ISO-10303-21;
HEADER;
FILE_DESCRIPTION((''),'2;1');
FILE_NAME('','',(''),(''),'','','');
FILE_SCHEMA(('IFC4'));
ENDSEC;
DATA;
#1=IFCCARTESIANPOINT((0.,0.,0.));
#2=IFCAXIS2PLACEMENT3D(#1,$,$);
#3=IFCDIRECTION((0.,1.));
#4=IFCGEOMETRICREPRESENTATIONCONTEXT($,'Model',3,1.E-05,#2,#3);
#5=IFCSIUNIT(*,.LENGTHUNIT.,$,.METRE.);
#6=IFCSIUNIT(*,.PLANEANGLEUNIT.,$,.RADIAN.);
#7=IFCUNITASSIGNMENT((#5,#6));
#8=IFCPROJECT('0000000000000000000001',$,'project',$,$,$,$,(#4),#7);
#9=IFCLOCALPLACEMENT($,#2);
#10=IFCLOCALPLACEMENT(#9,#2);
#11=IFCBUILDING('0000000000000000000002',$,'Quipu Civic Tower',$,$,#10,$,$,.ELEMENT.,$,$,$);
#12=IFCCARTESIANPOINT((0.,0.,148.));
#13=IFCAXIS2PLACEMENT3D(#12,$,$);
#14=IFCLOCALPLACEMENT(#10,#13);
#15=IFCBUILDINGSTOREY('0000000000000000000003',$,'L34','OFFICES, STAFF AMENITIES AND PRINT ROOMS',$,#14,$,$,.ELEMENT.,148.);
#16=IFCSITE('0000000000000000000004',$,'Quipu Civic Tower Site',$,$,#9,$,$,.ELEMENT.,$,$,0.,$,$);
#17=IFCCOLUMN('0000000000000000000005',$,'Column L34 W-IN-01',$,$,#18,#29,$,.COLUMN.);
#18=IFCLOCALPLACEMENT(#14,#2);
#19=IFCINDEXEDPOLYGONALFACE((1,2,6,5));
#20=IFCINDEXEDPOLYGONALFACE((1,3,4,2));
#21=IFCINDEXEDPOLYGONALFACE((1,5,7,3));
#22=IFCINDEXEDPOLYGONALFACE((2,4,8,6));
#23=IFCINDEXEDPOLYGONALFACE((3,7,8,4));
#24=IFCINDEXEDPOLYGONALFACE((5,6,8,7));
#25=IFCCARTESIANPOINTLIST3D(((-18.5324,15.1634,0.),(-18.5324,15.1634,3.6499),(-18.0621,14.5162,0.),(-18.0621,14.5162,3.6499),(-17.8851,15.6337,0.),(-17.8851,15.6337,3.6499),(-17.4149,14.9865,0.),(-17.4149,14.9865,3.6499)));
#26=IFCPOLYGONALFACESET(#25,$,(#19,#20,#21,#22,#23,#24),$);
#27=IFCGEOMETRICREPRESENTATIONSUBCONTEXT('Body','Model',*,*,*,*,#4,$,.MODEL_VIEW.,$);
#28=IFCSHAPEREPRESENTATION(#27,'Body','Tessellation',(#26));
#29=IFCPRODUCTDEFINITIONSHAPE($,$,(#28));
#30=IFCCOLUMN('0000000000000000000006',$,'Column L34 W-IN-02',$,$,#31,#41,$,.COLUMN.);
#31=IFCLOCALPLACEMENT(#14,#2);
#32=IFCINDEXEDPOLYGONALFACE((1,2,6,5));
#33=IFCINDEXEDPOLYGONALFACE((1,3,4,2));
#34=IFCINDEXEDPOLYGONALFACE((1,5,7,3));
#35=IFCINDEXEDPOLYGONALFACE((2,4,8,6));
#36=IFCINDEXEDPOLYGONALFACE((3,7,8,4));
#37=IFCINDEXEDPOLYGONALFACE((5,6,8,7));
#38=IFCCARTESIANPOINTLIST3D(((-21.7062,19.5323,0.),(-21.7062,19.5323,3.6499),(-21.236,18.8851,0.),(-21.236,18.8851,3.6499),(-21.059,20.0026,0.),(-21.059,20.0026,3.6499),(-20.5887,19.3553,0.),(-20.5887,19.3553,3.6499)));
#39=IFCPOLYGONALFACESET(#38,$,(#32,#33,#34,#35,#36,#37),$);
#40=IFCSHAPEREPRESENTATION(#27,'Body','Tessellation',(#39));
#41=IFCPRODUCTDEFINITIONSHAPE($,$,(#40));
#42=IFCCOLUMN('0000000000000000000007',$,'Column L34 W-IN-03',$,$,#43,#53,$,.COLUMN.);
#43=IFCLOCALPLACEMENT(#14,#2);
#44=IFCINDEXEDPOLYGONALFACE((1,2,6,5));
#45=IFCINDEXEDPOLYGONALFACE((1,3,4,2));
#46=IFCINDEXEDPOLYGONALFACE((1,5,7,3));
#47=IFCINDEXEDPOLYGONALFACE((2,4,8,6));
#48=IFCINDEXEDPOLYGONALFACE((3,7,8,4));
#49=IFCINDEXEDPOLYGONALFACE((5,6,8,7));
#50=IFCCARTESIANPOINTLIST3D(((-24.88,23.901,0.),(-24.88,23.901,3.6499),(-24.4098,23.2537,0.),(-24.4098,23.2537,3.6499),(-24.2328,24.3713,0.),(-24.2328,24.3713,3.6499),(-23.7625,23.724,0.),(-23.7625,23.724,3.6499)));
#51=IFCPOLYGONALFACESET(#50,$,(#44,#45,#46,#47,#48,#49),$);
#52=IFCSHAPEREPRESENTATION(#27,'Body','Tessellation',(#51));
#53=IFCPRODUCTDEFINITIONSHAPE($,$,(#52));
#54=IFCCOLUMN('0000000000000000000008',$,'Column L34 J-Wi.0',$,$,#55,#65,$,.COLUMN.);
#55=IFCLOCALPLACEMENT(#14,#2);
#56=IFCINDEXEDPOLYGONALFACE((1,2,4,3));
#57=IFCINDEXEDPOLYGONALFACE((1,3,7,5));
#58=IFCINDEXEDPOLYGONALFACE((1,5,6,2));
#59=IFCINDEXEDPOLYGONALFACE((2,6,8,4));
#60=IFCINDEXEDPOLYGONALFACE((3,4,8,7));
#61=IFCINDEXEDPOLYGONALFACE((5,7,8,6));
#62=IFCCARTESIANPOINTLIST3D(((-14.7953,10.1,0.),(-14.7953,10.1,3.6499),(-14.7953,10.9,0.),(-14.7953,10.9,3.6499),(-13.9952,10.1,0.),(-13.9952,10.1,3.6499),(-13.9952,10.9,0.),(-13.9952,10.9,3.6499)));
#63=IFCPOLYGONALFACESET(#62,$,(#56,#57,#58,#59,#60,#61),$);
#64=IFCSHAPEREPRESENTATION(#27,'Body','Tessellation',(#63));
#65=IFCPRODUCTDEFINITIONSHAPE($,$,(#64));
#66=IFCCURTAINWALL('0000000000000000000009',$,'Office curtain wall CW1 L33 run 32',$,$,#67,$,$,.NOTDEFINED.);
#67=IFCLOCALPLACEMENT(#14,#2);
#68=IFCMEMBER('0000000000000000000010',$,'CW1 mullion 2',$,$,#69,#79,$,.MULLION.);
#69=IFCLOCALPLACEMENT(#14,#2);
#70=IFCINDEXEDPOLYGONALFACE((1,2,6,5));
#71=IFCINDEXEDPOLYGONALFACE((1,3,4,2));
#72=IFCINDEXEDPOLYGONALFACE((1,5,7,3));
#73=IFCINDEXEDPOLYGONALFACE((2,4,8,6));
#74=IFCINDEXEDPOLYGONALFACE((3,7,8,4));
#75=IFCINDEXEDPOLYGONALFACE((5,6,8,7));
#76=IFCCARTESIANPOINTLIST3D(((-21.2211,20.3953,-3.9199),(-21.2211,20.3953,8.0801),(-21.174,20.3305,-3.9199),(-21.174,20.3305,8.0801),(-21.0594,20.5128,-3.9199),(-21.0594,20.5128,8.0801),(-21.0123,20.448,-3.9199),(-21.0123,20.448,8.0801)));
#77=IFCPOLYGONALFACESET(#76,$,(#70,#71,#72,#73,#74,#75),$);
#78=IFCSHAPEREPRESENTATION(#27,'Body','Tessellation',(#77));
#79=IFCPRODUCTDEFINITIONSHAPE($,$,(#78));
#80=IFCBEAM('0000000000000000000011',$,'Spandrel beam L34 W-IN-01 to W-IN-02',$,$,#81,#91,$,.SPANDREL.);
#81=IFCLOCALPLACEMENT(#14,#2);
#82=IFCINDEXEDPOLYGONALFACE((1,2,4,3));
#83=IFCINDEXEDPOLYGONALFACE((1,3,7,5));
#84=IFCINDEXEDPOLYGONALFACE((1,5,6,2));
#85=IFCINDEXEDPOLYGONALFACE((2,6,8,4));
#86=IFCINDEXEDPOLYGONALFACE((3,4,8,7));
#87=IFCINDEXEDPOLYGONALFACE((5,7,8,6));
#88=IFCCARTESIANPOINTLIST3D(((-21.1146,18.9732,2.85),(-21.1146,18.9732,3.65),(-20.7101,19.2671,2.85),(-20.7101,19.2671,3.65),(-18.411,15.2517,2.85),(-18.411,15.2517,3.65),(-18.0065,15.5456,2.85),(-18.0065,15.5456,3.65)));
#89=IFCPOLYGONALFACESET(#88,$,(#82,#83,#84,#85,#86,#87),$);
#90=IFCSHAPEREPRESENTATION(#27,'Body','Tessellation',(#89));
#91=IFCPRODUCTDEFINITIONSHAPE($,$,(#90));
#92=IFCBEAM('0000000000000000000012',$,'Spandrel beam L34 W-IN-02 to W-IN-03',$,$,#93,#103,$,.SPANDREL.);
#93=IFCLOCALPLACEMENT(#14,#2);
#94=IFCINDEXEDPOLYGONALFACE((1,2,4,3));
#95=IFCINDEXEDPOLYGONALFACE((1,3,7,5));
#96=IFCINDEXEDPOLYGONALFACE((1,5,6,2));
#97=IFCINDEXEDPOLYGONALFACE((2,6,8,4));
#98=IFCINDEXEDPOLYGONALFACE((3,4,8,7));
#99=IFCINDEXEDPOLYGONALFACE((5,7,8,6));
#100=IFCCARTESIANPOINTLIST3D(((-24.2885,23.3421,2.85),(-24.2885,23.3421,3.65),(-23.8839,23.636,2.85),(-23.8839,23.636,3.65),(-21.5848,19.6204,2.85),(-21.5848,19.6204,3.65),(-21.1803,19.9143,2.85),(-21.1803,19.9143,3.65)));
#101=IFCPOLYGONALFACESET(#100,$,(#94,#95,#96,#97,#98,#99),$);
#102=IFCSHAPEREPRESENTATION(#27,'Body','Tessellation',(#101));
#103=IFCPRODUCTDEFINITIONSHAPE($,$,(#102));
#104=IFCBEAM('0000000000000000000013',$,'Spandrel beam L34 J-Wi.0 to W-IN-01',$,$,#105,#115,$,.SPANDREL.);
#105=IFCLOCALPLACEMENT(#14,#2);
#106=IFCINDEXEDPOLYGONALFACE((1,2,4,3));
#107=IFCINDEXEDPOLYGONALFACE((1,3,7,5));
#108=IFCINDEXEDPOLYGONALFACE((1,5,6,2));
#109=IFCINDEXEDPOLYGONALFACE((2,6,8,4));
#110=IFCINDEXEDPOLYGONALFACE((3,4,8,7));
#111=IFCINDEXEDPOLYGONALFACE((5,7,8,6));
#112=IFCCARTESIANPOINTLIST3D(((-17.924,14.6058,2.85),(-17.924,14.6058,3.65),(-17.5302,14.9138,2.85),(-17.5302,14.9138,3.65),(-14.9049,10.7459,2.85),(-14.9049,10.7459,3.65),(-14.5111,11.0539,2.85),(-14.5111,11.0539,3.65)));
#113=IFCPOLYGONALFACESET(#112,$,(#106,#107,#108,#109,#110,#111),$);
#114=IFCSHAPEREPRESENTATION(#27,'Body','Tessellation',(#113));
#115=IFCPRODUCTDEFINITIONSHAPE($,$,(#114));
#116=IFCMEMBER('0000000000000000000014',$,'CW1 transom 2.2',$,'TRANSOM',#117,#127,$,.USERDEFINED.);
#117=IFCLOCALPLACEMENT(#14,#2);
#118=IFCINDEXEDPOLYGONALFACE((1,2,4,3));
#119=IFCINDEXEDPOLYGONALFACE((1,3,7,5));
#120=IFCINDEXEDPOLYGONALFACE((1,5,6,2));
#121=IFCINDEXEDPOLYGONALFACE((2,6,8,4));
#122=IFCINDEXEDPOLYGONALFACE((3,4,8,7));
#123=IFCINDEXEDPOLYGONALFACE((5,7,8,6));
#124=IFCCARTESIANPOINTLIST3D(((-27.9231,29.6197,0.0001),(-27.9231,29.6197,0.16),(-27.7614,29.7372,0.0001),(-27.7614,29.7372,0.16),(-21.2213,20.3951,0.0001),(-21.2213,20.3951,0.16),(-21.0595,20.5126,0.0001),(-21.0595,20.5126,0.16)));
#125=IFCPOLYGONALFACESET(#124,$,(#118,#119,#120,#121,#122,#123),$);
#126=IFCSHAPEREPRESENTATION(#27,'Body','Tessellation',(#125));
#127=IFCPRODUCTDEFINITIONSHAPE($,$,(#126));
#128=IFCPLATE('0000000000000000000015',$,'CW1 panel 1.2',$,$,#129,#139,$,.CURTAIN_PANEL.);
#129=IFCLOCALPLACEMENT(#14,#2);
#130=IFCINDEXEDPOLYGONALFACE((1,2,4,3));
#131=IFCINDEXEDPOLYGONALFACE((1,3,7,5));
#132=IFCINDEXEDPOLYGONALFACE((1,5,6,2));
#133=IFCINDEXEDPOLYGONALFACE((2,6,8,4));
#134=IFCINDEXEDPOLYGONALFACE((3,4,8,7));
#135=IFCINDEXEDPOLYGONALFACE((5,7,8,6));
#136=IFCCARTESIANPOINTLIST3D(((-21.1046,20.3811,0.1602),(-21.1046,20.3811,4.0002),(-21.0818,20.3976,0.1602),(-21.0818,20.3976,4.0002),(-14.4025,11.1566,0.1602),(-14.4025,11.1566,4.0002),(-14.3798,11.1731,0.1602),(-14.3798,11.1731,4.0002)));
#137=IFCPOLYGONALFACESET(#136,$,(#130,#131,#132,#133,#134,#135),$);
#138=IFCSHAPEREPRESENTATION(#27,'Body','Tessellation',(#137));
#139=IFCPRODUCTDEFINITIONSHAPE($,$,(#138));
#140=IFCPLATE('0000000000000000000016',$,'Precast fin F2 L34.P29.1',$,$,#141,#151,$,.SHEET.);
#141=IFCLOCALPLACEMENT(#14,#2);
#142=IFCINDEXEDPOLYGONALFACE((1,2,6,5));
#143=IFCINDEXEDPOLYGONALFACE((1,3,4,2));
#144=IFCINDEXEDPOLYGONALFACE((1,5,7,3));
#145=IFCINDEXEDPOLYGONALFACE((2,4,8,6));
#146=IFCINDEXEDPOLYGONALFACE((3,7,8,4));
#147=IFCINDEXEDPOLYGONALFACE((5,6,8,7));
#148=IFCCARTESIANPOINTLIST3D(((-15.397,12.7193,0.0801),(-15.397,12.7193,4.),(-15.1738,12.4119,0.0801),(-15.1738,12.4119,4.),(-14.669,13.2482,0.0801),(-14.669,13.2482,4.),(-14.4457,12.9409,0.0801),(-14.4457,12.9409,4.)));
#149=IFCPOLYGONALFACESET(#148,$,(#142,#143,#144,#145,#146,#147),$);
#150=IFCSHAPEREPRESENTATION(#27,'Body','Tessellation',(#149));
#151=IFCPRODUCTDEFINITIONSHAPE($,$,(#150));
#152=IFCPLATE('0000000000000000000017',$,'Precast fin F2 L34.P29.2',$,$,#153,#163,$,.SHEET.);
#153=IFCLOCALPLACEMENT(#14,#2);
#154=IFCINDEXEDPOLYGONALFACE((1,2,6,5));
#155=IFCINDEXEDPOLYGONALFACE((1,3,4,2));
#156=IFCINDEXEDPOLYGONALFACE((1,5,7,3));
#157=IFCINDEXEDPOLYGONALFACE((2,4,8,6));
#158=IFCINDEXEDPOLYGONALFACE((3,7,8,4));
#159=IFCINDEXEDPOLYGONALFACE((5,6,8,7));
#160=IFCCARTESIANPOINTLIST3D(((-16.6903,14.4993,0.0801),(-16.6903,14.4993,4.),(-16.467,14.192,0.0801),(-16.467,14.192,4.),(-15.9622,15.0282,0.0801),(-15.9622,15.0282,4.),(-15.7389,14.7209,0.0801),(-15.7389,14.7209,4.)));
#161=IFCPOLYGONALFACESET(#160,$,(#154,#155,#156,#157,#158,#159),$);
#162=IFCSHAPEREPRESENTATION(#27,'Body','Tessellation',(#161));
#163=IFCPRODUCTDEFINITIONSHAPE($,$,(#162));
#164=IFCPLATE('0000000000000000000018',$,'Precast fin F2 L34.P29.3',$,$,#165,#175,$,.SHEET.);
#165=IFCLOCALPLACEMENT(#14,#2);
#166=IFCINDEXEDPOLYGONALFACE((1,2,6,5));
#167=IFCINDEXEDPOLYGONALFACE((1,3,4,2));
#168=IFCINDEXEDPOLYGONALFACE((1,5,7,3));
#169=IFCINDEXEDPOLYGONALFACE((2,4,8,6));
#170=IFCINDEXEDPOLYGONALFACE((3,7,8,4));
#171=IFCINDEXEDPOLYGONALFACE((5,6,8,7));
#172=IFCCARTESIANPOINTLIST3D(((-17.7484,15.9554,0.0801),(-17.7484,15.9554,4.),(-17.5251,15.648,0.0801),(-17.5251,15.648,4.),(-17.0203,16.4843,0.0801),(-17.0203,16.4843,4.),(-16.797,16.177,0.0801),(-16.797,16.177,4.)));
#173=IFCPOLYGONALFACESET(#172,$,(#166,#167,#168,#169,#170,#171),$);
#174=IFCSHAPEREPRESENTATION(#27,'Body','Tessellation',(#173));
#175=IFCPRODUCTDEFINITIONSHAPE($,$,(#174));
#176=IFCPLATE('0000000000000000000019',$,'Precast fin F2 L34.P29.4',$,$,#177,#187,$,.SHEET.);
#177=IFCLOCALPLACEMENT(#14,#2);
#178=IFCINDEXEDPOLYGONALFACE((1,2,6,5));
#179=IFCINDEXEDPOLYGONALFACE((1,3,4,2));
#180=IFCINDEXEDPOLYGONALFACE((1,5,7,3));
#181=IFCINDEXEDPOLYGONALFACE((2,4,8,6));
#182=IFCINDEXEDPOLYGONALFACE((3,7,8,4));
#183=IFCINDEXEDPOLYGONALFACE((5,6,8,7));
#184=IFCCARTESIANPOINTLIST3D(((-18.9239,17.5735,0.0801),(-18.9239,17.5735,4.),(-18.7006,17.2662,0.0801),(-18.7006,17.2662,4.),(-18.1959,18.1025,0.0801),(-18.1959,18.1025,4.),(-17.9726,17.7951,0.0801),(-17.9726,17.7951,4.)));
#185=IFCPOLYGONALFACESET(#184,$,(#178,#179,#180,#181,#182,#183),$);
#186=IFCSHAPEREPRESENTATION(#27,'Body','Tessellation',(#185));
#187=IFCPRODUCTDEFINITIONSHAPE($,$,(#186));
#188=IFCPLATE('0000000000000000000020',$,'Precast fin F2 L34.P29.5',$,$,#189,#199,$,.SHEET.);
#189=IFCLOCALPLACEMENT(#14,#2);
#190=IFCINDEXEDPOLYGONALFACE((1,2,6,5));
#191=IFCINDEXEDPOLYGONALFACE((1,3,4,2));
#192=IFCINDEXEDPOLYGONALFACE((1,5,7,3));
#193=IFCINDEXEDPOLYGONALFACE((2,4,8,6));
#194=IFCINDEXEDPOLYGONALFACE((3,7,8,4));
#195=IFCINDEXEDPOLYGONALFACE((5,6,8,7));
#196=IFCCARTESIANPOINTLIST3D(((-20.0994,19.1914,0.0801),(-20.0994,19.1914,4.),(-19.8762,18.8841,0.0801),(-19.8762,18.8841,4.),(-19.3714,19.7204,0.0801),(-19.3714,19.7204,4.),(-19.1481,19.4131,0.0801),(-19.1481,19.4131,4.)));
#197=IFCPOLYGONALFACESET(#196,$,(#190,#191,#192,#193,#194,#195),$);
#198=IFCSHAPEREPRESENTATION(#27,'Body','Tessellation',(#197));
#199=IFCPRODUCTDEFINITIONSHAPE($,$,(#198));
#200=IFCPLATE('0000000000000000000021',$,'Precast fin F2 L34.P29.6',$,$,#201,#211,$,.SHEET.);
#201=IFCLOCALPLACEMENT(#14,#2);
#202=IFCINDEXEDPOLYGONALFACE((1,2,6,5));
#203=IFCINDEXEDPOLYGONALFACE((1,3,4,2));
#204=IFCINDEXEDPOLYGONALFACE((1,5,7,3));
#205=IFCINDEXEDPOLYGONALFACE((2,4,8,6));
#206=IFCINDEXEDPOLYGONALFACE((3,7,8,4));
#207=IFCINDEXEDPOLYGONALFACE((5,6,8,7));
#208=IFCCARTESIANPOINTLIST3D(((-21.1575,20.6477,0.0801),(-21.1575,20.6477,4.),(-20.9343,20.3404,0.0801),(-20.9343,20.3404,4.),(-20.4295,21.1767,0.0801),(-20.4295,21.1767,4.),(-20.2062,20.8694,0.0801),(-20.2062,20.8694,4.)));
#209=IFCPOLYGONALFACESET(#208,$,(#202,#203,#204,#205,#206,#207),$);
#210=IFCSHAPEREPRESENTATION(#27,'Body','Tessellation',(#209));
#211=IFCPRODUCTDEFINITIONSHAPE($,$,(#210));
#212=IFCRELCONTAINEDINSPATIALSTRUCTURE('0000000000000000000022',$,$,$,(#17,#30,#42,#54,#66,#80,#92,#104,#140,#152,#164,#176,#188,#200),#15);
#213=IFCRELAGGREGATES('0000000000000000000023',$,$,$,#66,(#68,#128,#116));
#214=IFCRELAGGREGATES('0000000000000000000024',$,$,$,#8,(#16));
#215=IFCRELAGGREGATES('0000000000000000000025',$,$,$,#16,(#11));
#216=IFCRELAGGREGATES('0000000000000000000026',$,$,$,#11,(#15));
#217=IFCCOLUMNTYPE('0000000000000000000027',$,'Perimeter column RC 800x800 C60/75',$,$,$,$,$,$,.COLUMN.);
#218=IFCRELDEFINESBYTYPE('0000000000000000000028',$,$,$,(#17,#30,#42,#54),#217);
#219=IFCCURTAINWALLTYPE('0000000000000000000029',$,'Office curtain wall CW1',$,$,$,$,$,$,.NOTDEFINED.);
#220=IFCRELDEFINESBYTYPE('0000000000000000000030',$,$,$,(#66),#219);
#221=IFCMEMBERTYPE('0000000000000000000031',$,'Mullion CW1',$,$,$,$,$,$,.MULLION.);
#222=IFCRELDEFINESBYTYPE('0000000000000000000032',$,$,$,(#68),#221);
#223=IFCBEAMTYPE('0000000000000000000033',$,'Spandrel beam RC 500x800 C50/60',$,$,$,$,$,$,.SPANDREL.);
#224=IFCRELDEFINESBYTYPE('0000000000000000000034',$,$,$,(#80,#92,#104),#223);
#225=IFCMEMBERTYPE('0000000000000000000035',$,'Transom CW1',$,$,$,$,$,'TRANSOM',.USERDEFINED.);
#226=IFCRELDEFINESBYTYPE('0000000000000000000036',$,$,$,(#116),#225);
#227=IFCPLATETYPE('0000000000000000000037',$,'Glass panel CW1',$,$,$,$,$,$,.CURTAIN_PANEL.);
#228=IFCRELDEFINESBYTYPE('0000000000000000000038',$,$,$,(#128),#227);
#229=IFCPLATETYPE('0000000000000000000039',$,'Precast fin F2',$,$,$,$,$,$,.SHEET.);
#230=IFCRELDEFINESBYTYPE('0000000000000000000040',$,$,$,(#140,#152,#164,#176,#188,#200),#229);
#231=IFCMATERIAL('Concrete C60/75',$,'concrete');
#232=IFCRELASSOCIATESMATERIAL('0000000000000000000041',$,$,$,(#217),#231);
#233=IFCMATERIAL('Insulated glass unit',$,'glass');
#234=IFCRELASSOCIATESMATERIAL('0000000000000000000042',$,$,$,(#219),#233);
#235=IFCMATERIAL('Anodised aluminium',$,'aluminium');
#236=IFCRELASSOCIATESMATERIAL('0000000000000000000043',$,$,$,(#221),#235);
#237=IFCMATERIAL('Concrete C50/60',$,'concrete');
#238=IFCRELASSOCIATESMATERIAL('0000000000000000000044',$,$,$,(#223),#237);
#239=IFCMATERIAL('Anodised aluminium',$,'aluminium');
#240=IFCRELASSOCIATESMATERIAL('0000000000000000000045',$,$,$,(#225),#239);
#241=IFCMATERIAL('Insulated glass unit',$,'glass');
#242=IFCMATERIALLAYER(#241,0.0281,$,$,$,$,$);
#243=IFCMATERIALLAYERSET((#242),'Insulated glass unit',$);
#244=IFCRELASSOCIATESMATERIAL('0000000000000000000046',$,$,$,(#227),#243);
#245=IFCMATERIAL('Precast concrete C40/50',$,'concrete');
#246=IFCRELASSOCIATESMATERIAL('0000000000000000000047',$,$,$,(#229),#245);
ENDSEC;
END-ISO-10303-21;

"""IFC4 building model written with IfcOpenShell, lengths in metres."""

from ifc_helpers import new_model, si_unit, direction, frame, origin, origin_2d, place, context, subcontext, project, spatial, rectangle, extrude, material, layer, layer_set, material_profile, profile_set, type_object, element, aggregate, save


model = new_model("IFC4")

# Units and contexts
model_context = context("Model", 3, precision=1e-05, world=origin(), true_north=direction((0.0, 1.0)))
body_context = subcontext(model_context, "Body", "Model", "MODEL_VIEW")
ifc_project = project(units=[si_unit("LENGTHUNIT", "METRE"), si_unit("PLANEANGLEUNIT", "RADIAN")], contexts=[model_context])

# Site, building, storey
site_placement = place(None, origin())
site = spatial("IfcSite", under=ifc_project, at=site_placement, Name="Quipu Civic Tower Site", CompositionType="ELEMENT", RefElevation=0.0)
building_placement = place(site_placement, origin())
building = spatial("IfcBuilding", under=site, at=building_placement, Name="Quipu Civic Tower", CompositionType="ELEMENT")
storey_placement = place(building_placement, frame((0.0, 0.0, 148.0)))
storey = spatial("IfcBuildingStorey", under=building, at=storey_placement, Name="L34", Description="OFFICES, STAFF AMENITIES AND PRINT ROOMS", CompositionType="ELEMENT", Elevation=148.0)

# Columns
ifc_material_1 = material(Name="Concrete C60/75", Category="concrete")
ifc_material_profile_1 = material_profile(ifc_material_1, rectangle(XDim=0.8, YDim=0.8, at=origin_2d()), Name="RC800x800")
ifc_profile_set_1 = profile_set([ifc_material_profile_1], Name="Concrete C60/75")
column_type = type_object("IfcColumnType", Name="Perimeter column RC 800x800 C60/75", PredefinedType="COLUMN", material=ifc_profile_set_1)
for number, where, z_axis, x_axis, name in (
    (1, (-17.9736, 15.075, 0.0), (0.0, 0.0, 1.0), (-0.587785, 0.809017, 0.0), "Column L34 W-IN-01"),
    (2, (-21.1475, 19.4438, 0.0), (0.0, 0.0, 1.0), (-0.587785, 0.809017, 0.0), "Column L34 W-IN-02"),
    (3, (-24.3213, 23.8125, 0.0), (0.0, 0.0, 1.0), (-0.587785, 0.809017, 0.0), "Column L34 W-IN-03"),
    (4, (-14.3953, 10.5, 0.0), (0.0, 0.0, 1.0), (-1.0, 0.0, 0.0), "Column L34 J-Wi.0"),
):
    element("IfcColumn", number, at=place(storey_placement, frame(where, z_axis=z_axis, x_axis=x_axis)), inside=storey, type_object=column_type, Name=name, PredefinedType="COLUMN", context=body_context, shape_type="SweptSolid", body=[
        extrude(rectangle(XDim=0.8, YDim=0.8, at=origin_2d()), origin(), (0.0, 0.0, 1.0), 3.6499),
    ])

# Curtain wall, member
ifc_material_2 = material(Name="Insulated glass unit", Category="glass")
curtain_wall_type = type_object("IfcCurtainWallType", Name="Office curtain wall CW1", PredefinedType="NOTDEFINED", material=ifc_material_2)
curtain_wall_placement = place(storey_placement, origin())
curtain_wall = element("IfcCurtainWall", 5, at=curtain_wall_placement, inside=storey, type_object=curtain_wall_type, Name="Office curtain wall CW1 L33 run 32", PredefinedType="NOTDEFINED")
ifc_material_3 = material(Name="Anodised aluminium", Category="aluminium")
ifc_material_profile_2 = material_profile(ifc_material_3, rectangle(XDim=0.2, YDim=0.0801, at=origin_2d()), Name="RECT 200x80")
ifc_profile_set_2 = profile_set([ifc_material_profile_2], Name="Anodised aluminium")
member_type_1 = type_object("IfcMemberType", Name="Mullion CW1", PredefinedType="MULLION", material=ifc_profile_set_2)
member_1_placement = place(storey_placement, frame((-21.1167, 20.4216, -3.9199), z_axis=(0.0, 0.0, 1.0), x_axis=(-0.809014, -0.587789, 0.0)))
member_1 = element("IfcMember", 6, at=member_1_placement, type_object=member_type_1, Name="CW1 mullion 2", PredefinedType="MULLION", context=body_context, shape_type="SweptSolid", body=[
    extrude(rectangle(XDim=0.2, YDim=0.0801, at=origin_2d()), origin(), (0.0, 0.0, 1.0), 12.0),
])

# Beams
ifc_material_4 = material(Name="Concrete C50/60", Category="concrete")
ifc_material_profile_3 = material_profile(ifc_material_4, rectangle(XDim=0.5, YDim=0.8, at=origin_2d()), Name="RC500x800")
ifc_profile_set_3 = profile_set([ifc_material_profile_3], Name="Concrete C50/60")
beam_type = type_object("IfcBeamType", Name="Spandrel beam RC 500x800 C50/60", PredefinedType="SPANDREL", material=ifc_profile_set_3)
beam_1_placement = place(storey_placement, frame((-18.2087, 15.3987, 3.25), z_axis=(-0.587761, 0.809034, 0.0), x_axis=(-0.809034, -0.587761, 0.0)))
element("IfcBeam", 7, at=beam_1_placement, inside=storey, type_object=beam_type, Name="Spandrel beam L34 W-IN-01 to W-IN-02", PredefinedType="SPANDREL", context=body_context, shape_type="SweptSolid", body=[
    extrude(rectangle(XDim=0.5, YDim=0.8, at=origin_2d()), origin(), (0.0, 0.0, 1.0), 4.5999),
])
beam_2_placement = place(storey_placement, frame((-21.3826, 19.7673, 3.25), z_axis=(-0.587736, 0.809053, 0.0), x_axis=(-0.809053, -0.587736, 0.0)))
element("IfcBeam", 8, at=beam_2_placement, inside=storey, type_object=beam_type, Name="Spandrel beam L34 W-IN-02 to W-IN-03", PredefinedType="SPANDREL", context=body_context, shape_type="SweptSolid", body=[
    extrude(rectangle(XDim=0.5, YDim=0.8, at=origin_2d()), origin(), (0.0, 0.0, 1.0), 4.6001),
])
beam_3_placement = place(storey_placement, frame((-14.708, 10.8999, 3.25), z_axis=(-0.616091, 0.787675, 0.0), x_axis=(-0.787675, -0.616091, 0.0)))
element("IfcBeam", 9, at=beam_3_placement, inside=storey, type_object=beam_type, Name="Spandrel beam L34 J-Wi.0 to W-IN-01", PredefinedType="SPANDREL", context=body_context, shape_type="SweptSolid", body=[
    extrude(rectangle(XDim=0.5, YDim=0.8, at=origin_2d()), origin(), (0.0, 0.0, 1.0), 4.9004),
])

# Member
ifc_material_5 = material(Name="Anodised aluminium", Category="aluminium")
ifc_material_profile_4 = material_profile(ifc_material_5, rectangle(XDim=0.2, YDim=0.1599, at=origin_2d()), Name="RECT 200x160")
ifc_profile_set_4 = profile_set([ifc_material_profile_4], Name="Anodised aluminium")
member_type_2 = type_object("IfcMemberType", Name="Transom CW1", ElementType="TRANSOM", PredefinedType="USERDEFINED", material=ifc_profile_set_4)
member_2_placement = place(storey_placement, frame((-21.1404, 20.4539, 0.0801), z_axis=(-0.587776, 0.809024, 0.0), x_axis=(-0.809024, -0.587776, 0.0)))
member_2 = element("IfcMember", 10, at=member_2_placement, type_object=member_type_2, Name="CW1 transom 2.2", ObjectType="TRANSOM", PredefinedType="USERDEFINED", context=body_context, shape_type="SweptSolid", body=[
    extrude(rectangle(XDim=0.2, YDim=0.1599, at=origin_2d()), origin(), (0.0, 0.0, 1.0), 11.4021),
])

# Plate
ifc_material_6 = material(Name="Insulated glass unit", Category="glass")
ifc_layer_1 = layer(ifc_material_6, 0.0281)
ifc_layer_set_1 = layer_set([ifc_layer_1], Name="Insulated glass unit")
plate_type_1 = type_object("IfcPlateType", Name="Glass panel CW1", PredefinedType="CURTAIN_PANEL", material=ifc_layer_set_1)
plate_placement = place(storey_placement, frame((-17.7422, 15.7771, 0.1602), z_axis=(0.0, 0.0, 1.0), x_axis=(-0.587789, 0.809014, 0.0)))
plate = element("IfcPlate", 11, at=plate_placement, type_object=plate_type_1, Name="CW1 panel 1.2", PredefinedType="CURTAIN_PANEL", context=body_context, shape_type="SweptSolid", body=[
    extrude(rectangle(XDim=11.4021, YDim=0.0281, at=origin_2d()), origin(), (0.0, 0.0, 1.0), 3.8401),
])
aggregate(curtain_wall, [member_1, plate, member_2])

# Plates
ifc_material_7 = material(Name="Precast concrete C40/50", Category="concrete")
plate_type_2 = type_object("IfcPlateType", Name="Precast fin F2", PredefinedType="SHEET", material=ifc_material_7)
for number, where, z_axis, x_axis, name in (
    (12, (-14.9214, 12.8301, 0.0801), (0.0, 0.0, 1.0), (-0.587787, 0.809016, 0.0), "Precast fin F2 L34.P29.1"),
    (13, (-16.2146, 14.6101, 0.0801), (0.0, 0.0, 1.0), (-0.587787, 0.809016, 0.0), "Precast fin F2 L34.P29.2"),
    (14, (-17.2727, 16.0662, 0.0801), (0.0, 0.0, 1.0), (-0.587787, 0.809016, 0.0), "Precast fin F2 L34.P29.3"),
    (15, (-18.4482, 17.6843, 0.0801), (0.0, 0.0, 1.0), (-0.587787, 0.809016, 0.0), "Precast fin F2 L34.P29.4"),
    (16, (-19.6238, 19.3022, 0.0801), (0.0, 0.0, 1.0), (-0.587787, 0.809016, 0.0), "Precast fin F2 L34.P29.5"),
    (17, (-20.6819, 20.7585, 0.0801), (0.0, 0.0, 1.0), (-0.587787, 0.809016, 0.0), "Precast fin F2 L34.P29.6"),
):
    element("IfcPlate", number, at=place(storey_placement, frame(where, z_axis=z_axis, x_axis=x_axis)), inside=storey, type_object=plate_type_2, Name=name, PredefinedType="SHEET", context=body_context, shape_type="SweptSolid", body=[
        extrude(rectangle(XDim=0.3799, YDim=0.8999, at=origin_2d()), origin(), (0.0, 0.0, 1.0), 3.9199),
    ])

save(model, "model.ifc")
